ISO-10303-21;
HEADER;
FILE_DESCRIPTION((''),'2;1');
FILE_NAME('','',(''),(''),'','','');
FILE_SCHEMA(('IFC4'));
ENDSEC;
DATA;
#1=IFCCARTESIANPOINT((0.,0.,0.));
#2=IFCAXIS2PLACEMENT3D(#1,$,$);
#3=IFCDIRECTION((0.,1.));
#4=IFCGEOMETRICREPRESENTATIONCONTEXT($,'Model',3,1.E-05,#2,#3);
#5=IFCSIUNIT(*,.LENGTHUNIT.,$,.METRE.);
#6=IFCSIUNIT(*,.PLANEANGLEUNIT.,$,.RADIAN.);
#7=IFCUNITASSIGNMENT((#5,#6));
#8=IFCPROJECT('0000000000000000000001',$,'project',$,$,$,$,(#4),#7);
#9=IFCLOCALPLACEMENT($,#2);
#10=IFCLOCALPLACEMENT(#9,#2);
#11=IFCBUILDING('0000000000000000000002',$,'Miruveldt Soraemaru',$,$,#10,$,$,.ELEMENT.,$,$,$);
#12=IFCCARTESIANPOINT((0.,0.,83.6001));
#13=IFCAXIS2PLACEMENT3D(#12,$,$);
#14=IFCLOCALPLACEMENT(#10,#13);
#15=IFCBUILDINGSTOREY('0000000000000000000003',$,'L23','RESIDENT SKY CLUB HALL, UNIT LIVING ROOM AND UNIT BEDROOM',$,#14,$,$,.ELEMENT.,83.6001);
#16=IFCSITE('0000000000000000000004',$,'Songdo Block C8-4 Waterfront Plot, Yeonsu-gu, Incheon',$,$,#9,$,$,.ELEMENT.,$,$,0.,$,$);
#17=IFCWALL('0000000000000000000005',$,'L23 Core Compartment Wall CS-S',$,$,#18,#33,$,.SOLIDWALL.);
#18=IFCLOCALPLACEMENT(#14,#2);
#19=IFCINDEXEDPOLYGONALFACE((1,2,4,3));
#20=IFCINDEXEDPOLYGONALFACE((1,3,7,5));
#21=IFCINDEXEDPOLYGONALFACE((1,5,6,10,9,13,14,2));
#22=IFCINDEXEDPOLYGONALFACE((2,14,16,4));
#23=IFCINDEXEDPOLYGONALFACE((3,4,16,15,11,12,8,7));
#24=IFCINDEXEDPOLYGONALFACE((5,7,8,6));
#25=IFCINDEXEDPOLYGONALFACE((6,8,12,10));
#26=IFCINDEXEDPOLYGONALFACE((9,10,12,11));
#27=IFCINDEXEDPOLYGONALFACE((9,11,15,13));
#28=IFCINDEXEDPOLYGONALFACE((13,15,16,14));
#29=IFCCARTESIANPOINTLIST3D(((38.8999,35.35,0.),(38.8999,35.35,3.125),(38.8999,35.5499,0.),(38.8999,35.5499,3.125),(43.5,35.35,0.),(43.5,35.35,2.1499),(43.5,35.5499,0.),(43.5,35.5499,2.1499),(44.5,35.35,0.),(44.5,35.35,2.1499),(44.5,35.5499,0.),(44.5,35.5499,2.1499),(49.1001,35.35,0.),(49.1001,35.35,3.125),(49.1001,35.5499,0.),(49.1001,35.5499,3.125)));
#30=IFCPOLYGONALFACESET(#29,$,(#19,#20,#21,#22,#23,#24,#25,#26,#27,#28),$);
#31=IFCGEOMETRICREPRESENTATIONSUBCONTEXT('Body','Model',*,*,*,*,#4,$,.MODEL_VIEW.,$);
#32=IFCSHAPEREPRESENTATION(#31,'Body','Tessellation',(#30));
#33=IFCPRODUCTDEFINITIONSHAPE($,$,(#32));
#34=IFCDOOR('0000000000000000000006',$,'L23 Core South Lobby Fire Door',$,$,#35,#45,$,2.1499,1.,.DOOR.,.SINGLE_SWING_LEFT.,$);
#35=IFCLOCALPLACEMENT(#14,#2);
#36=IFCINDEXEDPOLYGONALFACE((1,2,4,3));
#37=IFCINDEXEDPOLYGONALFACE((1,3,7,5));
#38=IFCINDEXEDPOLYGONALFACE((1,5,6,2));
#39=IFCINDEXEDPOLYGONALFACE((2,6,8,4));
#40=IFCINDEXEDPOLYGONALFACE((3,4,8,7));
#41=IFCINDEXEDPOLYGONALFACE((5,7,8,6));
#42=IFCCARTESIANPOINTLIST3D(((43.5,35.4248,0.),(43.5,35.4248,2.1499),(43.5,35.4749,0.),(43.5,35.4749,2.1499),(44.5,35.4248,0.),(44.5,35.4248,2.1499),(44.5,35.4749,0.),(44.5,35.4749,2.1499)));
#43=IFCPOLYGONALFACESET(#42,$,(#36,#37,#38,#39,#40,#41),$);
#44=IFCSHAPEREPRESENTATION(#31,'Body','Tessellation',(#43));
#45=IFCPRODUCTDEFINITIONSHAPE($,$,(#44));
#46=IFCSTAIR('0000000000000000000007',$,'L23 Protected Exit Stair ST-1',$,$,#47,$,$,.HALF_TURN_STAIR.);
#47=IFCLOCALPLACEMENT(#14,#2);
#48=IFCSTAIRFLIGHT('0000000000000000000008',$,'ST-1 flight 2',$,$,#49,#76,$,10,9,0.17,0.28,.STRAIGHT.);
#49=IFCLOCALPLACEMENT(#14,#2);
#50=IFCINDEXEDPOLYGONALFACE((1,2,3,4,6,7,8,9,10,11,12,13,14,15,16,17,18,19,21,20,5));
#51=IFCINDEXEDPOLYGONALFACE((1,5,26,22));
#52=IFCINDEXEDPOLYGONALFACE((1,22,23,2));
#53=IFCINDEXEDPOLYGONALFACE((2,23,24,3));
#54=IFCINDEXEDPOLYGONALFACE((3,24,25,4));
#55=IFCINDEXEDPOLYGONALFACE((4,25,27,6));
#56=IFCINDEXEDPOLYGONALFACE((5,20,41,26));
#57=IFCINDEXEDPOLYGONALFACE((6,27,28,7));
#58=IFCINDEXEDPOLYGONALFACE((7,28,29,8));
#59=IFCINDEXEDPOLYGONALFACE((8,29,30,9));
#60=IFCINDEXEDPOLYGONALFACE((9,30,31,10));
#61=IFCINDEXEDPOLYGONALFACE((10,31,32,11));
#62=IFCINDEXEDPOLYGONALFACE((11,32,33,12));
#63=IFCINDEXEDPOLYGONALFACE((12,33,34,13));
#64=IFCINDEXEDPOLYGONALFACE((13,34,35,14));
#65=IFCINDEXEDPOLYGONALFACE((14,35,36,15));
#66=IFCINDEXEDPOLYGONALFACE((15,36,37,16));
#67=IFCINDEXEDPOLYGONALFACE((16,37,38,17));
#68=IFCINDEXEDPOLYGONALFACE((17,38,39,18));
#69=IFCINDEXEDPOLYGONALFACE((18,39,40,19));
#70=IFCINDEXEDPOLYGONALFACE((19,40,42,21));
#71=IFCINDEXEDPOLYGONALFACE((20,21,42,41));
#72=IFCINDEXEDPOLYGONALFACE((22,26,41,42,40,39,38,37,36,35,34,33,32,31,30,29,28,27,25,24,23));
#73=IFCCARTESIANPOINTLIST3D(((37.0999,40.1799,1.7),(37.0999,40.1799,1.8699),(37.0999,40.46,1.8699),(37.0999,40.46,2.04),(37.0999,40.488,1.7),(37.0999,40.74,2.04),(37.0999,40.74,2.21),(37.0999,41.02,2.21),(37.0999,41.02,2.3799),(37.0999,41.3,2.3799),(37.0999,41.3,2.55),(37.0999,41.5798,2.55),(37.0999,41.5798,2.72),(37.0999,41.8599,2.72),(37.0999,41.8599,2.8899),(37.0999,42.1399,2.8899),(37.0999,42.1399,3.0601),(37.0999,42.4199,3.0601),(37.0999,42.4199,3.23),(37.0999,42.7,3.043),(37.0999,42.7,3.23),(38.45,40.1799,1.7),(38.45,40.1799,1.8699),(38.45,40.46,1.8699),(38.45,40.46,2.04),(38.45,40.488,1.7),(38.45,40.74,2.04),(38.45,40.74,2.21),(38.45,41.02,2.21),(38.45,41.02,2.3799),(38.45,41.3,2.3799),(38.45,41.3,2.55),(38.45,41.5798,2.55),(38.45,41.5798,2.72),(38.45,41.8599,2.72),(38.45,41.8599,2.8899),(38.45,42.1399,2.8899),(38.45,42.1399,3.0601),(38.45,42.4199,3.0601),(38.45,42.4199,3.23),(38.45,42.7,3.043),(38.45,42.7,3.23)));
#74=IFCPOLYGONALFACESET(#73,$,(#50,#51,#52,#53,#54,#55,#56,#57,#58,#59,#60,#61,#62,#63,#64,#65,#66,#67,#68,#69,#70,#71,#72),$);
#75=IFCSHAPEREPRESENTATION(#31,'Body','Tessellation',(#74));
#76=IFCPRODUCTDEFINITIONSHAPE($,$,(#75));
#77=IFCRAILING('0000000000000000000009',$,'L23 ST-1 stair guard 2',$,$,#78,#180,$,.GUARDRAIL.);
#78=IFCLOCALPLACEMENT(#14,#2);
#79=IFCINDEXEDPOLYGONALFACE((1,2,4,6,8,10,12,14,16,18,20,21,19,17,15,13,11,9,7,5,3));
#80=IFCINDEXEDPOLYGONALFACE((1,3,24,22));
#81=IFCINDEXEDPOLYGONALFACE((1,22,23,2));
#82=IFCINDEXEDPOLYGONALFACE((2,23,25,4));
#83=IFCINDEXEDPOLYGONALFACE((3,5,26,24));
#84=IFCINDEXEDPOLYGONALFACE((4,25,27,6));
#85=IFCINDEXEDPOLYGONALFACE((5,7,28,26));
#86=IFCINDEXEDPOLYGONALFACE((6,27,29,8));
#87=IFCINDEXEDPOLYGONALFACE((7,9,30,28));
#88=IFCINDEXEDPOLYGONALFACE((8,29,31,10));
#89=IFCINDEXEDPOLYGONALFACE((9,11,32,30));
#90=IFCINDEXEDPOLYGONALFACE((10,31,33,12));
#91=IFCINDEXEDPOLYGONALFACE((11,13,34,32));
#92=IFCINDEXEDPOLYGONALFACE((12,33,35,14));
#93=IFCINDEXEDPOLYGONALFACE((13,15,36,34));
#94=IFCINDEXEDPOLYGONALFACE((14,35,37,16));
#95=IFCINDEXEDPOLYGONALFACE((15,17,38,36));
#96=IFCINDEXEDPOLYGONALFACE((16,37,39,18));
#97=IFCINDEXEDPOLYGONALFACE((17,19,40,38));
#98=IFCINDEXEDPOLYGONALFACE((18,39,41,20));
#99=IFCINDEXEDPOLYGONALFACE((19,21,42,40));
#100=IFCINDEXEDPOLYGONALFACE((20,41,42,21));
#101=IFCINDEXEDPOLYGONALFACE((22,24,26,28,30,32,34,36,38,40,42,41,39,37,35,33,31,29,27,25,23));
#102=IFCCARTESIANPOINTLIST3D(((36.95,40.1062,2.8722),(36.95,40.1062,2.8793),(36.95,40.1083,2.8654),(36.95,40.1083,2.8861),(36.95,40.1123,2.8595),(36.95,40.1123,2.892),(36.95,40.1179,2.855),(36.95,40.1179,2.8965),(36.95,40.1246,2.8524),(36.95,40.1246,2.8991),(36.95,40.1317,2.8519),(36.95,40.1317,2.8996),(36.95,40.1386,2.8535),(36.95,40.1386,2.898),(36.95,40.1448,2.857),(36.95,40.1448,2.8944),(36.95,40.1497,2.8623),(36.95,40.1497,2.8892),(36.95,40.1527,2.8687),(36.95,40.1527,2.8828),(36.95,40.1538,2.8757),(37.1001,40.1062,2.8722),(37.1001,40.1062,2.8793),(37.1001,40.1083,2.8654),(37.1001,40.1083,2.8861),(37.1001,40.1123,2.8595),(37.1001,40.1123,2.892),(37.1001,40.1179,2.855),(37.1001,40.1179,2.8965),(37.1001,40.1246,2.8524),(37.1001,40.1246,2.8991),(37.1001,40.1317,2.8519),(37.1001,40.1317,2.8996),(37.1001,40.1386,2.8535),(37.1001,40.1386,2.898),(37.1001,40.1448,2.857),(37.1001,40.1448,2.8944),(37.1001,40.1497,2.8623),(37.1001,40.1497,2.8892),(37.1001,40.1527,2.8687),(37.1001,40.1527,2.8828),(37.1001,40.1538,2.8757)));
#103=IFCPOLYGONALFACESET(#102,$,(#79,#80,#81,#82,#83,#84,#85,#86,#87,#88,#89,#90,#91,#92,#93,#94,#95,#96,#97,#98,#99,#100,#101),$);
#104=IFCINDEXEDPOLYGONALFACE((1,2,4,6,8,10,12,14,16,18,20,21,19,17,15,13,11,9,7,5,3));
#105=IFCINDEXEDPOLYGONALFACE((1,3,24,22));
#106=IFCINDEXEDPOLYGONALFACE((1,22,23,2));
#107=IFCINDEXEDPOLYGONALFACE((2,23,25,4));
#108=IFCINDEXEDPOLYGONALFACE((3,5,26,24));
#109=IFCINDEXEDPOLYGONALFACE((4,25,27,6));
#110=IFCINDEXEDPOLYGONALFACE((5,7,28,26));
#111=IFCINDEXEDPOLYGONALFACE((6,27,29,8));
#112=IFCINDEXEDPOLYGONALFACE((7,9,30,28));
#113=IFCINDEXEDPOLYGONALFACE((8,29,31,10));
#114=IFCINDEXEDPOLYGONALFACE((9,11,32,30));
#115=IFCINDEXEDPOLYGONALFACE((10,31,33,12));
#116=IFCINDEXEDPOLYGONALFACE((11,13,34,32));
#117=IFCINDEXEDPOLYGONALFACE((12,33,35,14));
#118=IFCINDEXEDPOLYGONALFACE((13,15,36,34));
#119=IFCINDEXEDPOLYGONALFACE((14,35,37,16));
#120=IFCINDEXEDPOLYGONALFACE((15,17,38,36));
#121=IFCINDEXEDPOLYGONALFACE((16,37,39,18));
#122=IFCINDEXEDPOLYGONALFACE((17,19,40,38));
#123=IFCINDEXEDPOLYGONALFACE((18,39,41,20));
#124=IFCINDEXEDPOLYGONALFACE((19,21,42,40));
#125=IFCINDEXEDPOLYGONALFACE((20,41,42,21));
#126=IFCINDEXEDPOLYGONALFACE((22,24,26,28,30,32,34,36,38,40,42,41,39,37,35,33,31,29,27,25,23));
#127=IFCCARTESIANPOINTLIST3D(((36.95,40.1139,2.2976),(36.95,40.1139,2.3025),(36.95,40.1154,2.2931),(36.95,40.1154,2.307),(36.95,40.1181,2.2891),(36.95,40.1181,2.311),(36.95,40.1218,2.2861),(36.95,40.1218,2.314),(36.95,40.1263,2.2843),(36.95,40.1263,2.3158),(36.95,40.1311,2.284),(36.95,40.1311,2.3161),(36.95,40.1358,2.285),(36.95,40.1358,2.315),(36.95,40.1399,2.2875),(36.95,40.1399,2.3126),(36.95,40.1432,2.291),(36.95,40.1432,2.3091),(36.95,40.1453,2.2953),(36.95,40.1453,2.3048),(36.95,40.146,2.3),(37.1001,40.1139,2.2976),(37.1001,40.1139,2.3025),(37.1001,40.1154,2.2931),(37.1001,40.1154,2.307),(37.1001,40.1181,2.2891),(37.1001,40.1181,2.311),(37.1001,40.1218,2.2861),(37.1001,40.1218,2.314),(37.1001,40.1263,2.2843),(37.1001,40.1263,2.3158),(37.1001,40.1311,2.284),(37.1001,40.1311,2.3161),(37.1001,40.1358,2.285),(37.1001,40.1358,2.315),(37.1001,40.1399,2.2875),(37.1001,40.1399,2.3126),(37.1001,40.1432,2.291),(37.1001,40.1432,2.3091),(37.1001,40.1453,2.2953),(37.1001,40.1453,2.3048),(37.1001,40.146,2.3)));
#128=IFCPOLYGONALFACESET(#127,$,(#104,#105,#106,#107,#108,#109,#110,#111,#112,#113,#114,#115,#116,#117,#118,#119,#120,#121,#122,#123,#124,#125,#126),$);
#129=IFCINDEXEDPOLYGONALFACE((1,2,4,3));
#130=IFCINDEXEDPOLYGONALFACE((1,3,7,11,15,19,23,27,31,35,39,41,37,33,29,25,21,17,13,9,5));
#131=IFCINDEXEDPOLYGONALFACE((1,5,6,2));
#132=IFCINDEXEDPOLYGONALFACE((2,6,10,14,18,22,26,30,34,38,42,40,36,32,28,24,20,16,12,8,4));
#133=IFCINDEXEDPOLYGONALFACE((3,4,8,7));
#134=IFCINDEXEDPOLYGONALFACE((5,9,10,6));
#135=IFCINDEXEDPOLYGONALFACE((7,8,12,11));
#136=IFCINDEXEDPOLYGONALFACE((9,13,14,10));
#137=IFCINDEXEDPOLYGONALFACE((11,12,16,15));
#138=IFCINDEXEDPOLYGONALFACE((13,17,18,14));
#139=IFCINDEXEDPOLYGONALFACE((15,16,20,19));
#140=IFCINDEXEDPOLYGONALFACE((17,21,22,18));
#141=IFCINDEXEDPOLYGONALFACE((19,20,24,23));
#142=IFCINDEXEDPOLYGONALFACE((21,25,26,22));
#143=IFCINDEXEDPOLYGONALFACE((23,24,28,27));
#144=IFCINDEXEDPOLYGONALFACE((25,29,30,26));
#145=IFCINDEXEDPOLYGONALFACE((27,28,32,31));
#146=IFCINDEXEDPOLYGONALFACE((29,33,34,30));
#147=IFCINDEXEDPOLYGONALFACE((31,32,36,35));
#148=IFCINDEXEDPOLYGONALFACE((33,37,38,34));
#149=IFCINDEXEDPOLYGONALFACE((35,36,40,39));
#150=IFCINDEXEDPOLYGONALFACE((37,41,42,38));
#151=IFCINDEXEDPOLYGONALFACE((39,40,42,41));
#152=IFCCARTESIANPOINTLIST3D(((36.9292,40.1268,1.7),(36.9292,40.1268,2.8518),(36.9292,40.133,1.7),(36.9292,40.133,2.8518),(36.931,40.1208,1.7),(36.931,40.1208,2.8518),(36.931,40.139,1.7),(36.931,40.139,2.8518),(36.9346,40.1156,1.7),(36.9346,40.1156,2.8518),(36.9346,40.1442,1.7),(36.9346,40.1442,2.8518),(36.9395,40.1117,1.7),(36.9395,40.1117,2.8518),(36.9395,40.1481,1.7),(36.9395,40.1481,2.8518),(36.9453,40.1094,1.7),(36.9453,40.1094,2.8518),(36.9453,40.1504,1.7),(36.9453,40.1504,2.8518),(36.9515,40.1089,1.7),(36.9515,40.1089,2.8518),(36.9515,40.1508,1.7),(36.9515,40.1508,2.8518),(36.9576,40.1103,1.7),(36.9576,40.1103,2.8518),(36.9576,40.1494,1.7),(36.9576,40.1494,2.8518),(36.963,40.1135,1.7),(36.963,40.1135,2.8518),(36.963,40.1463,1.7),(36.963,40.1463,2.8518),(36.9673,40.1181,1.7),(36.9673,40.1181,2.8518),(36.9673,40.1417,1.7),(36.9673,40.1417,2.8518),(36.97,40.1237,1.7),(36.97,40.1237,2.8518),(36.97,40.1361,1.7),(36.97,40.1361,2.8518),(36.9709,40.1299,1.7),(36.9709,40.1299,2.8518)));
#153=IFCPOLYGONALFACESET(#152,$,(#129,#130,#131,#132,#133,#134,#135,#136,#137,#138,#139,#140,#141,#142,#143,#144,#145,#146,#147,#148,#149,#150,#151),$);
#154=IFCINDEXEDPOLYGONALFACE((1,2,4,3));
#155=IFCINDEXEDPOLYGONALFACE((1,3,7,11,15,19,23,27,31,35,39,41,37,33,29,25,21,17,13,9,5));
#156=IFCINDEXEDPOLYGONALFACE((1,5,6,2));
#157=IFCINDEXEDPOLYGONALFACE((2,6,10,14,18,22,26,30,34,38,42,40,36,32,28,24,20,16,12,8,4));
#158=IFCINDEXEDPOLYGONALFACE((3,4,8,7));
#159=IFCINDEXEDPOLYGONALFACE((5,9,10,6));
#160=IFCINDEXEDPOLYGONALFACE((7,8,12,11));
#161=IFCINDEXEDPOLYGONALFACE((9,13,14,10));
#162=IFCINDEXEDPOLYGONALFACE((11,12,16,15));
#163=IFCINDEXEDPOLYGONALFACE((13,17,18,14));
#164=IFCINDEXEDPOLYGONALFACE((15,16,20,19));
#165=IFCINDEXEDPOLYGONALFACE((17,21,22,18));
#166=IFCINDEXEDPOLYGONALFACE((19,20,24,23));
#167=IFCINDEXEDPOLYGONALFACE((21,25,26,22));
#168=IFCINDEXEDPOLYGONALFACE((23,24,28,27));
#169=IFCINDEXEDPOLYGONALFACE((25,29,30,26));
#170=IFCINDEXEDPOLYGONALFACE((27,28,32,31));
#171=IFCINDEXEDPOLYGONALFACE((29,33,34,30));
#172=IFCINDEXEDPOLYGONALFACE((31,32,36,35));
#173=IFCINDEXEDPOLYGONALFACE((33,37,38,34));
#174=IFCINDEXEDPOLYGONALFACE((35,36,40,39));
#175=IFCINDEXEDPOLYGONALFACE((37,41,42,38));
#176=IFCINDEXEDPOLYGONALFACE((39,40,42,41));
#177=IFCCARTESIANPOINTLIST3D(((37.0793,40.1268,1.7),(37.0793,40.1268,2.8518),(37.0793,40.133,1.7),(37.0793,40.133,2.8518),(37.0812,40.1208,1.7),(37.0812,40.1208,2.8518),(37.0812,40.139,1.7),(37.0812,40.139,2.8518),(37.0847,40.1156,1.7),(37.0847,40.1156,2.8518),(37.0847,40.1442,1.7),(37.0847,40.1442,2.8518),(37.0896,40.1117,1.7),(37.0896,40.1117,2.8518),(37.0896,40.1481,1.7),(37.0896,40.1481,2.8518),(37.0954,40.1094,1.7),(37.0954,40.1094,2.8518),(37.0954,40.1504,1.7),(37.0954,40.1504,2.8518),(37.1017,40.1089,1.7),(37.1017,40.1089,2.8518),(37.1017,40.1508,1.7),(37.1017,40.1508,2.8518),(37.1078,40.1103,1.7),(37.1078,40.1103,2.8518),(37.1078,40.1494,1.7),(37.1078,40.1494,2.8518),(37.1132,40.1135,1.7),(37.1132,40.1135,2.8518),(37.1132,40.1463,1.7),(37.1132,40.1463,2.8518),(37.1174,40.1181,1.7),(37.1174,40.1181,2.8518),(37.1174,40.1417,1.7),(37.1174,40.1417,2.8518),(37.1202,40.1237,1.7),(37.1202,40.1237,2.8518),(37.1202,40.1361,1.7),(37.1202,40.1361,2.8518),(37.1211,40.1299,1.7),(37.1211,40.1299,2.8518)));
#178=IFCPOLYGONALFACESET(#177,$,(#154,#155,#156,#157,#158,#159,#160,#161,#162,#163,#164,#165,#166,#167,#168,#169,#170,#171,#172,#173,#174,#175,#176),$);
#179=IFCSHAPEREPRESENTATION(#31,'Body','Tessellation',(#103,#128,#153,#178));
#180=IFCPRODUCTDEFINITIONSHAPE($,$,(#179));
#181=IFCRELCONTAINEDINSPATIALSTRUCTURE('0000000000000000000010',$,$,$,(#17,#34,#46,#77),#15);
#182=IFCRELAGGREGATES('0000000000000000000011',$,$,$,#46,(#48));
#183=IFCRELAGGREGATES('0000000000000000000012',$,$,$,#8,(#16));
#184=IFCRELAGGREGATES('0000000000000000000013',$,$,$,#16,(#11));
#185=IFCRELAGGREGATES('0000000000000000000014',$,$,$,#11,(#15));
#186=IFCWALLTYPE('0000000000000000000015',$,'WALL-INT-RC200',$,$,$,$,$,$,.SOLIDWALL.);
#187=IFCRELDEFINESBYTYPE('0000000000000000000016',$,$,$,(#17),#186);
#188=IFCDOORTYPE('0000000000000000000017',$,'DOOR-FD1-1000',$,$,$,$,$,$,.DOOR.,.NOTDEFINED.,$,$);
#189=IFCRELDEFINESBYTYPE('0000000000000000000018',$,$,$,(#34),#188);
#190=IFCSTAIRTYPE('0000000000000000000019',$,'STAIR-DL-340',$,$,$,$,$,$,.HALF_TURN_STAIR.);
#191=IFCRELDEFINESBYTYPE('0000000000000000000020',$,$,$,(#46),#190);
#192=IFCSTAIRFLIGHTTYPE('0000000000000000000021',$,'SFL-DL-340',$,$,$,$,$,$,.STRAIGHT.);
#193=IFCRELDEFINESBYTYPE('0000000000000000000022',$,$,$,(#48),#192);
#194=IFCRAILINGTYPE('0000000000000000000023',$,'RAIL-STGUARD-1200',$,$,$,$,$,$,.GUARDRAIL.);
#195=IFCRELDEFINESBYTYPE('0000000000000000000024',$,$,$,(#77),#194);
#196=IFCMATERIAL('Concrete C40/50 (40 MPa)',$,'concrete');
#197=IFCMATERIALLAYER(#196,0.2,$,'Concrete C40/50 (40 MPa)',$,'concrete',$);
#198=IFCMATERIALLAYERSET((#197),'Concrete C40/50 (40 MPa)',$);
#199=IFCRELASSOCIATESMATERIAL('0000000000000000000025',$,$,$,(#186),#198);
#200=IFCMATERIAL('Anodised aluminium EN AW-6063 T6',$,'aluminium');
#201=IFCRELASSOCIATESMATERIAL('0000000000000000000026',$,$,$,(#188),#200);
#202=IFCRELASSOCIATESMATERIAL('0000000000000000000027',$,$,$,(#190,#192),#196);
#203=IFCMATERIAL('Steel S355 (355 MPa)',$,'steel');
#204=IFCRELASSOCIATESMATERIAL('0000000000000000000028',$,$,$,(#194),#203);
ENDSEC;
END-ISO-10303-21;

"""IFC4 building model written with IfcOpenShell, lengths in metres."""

from ifc_helpers import new_model, si_unit, direction, frame, frame_2d, origin, origin_2d, place, context, subcontext, project, spatial, polyline, rectangle, circle, outline, extrude, material, layer, layer_set, type_object, element, fill, aggregate, save


model = new_model("IFC4")

# Units and contexts
model_context = context("Model", 3, precision=1e-05, world=origin(), true_north=direction((0.0, 1.0)))
body_context = subcontext(model_context, "Body", "Model", "MODEL_VIEW")
ifc_project = project(units=[si_unit("LENGTHUNIT", "METRE"), si_unit("PLANEANGLEUNIT", "RADIAN")], contexts=[model_context])

# Site, building, storey
site_placement = place(None, origin())
site = spatial("IfcSite", under=ifc_project, at=site_placement, Name="Songdo Block C8-4 Waterfront Plot, Yeonsu-gu, Incheon", CompositionType="ELEMENT", RefElevation=0.0)
building_placement = place(site_placement, origin())
building = spatial("IfcBuilding", under=site, at=building_placement, Name="Miruveldt Soraemaru", CompositionType="ELEMENT")
storey_placement = place(building_placement, frame((0.0, 0.0, 83.6001)))
storey = spatial("IfcBuildingStorey", under=building, at=storey_placement, Name="L23", Description="RESIDENT SKY CLUB HALL, UNIT LIVING ROOM AND UNIT BEDROOM", CompositionType="ELEMENT", Elevation=83.6001)

# Shared definitions
ifc_material_1 = material(Name="Anodised aluminium EN AW-6063 T6", Category="aluminium")

# Shared definitions
ifc_material_2 = material(Name="Concrete C40/50 (40 MPa)", Category="concrete")

# Wall, opening, door
ifc_layer_1 = layer(ifc_material_2, 0.2, Name="Concrete C40/50 (40 MPa)", Category="concrete")
ifc_layer_set_1 = layer_set([ifc_layer_1], Name="Concrete C40/50 (40 MPa)")
wall_type_1 = type_object("IfcWallType", Name="WALL-INT-RC200", PredefinedType="SOLIDWALL", material=ifc_layer_set_1)
wall_1_placement = place(storey_placement, frame((38.8999, 35.45, 0.0), z_axis=(0.0, 0.0, 1.0), x_axis=(1.0, 0.0, 0.0)))
wall_1 = element("IfcWall", 1, at=wall_1_placement, inside=storey, type_object=wall_type_1, Name="L23 Core Compartment Wall CS-S", PredefinedType="SOLIDWALL", context=body_context, shape_type="SweptSolid", body=[
    extrude(rectangle(XDim=10.2002, YDim=0.2, at=frame_2d((5.1001, 0.0))), origin(), (0.0, 0.0, 1.0), 3.125),
])
opening_1_placement = place(wall_1_placement, frame((4.6001, 0.0, 0.0)))
opening_1 = element("IfcOpeningElement", 2, at=opening_1_placement, cuts=wall_1, PredefinedType="OPENING", context=body_context, shape_type="SweptSolid", body=[
    extrude(rectangle(XDim=1.0, YDim=2.1499, at=frame_2d((0.5, 1.075))), frame((0.0, 0.1099, 0.0), z_axis=(0.0, -1.0, 0.0), x_axis=(1.0, 0.0, 0.0)), (0.0, 0.0, 1.0), 0.22),
])
door_type_1 = type_object("IfcDoorType", Name="DOOR-FD1-1000", OperationType="NOTDEFINED", PredefinedType="DOOR", material=ifc_material_1)
door_1_placement = place(opening_1_placement, origin())
door_1 = element("IfcDoor", 3, at=door_1_placement, inside=storey, type_object=door_type_1, Name="L23 Core South Lobby Fire Door", OperationType="SINGLE_SWING_LEFT", OverallHeight=2.1499, OverallWidth=1.0, PredefinedType="DOOR", context=body_context, shape_type="SweptSolid", body=[
    extrude(rectangle(XDim=1.0, YDim=2.1499, at=frame_2d((0.5, 1.075))), frame((0.0, 0.0249, 0.0), z_axis=(0.0, -1.0, 0.0), x_axis=(1.0, 0.0, 0.0)), (0.0, 0.0, 1.0), 0.05),
])
fill(opening_1, door_1)

# Stair, stair flight
stair_type = type_object("IfcStairType", Name="STAIR-DL-340", PredefinedType="HALF_TURN_STAIR", material=ifc_material_2)
stair_placement = place(storey_placement, origin())
stair = element("IfcStair", 4, at=stair_placement, inside=storey, type_object=stair_type, Name="L23 Protected Exit Stair ST-1", PredefinedType="HALF_TURN_STAIR")
stair_flight_type = type_object("IfcStairFlightType", Name="SFL-DL-340", PredefinedType="STRAIGHT", material=ifc_material_2)
stair_flight_placement = place(storey_placement, frame((37.7749, 40.1799, 1.7), z_axis=(0.0, 0.0, 1.0), x_axis=(0.0, 1.0, 0.0)))
stair_flight = element("IfcStairFlight", 5, at=stair_flight_placement, type_object=stair_flight_type, Name="ST-1 flight 2", NumberOfRisers=10, NumberOfTreads=9, PredefinedType="STRAIGHT", RiserHeight=0.17, TreadLength=0.28, context=body_context, shape_type="SweptSolid", body=[
    extrude(outline(polyline([(0.0, 0.0), (0.0, 0.1699), (0.28, 0.1699), (0.28, 0.3401), (0.5601, 0.3401), (0.5601, 0.51), (0.8401, 0.51), (0.8401, 0.6799), (1.1201, 0.6799), (1.1201, 0.8501), (1.3999, 0.8501), (1.3999, 1.02), (1.6799, 1.02), (1.6799, 1.1899), (1.96, 1.1899), (1.96, 1.3601), (2.24, 1.3601), (2.24, 1.53), (2.52, 1.53), (2.52, 1.7), (2.52, 1.343), (0.3081, 0.0), (0.0, 0.0)])), frame((0.0, 0.675, 0.0), z_axis=(0.0, -1.0, 0.0), x_axis=(1.0, 0.0, 0.0)), (0.0, 0.0, 1.0), 1.3501),
])
aggregate(stair, [stair_flight])

# Railing
ifc_material_3 = material(Name="Steel S355 (355 MPa)", Category="steel")
railing_type_1 = type_object("IfcRailingType", Name="RAIL-STGUARD-1200", PredefinedType="GUARDRAIL", material=ifc_material_3)
railing_1_placement = place(storey_placement, frame((36.95, 40.1299, 1.7)))
element("IfcRailing", 6, at=railing_1_placement, inside=storey, type_object=railing_type_1, Name="L23 ST-1 stair guard 2", PredefinedType="GUARDRAIL", context=body_context, shape_type="SweptSolid", body=[
    extrude(circle(Radius=0.0239, at=origin_2d()), frame((0.0, 0.0, 1.1758), z_axis=(1.0, 0.0, 0.0), x_axis=(0.0, 1.0, 0.0)), (0.0, 0.0, 1.0), 0.1501),
    extrude(circle(Radius=0.0161, at=origin_2d()), frame((0.0, 0.0, 0.6001), z_axis=(1.0, 0.0, 0.0), x_axis=(0.0, 1.0, 0.0)), (0.0, 0.0, 1.0), 0.1501),
    extrude(circle(Radius=0.021, at=origin_2d()), origin(), (0.0, 0.0, 1.0), 1.1519),
    extrude(circle(Radius=0.021, at=origin_2d()), frame((0.1501, 0.0, 0.0)), (0.0, 0.0, 1.0), 1.1519),
])

save(model, "model.ifc")
